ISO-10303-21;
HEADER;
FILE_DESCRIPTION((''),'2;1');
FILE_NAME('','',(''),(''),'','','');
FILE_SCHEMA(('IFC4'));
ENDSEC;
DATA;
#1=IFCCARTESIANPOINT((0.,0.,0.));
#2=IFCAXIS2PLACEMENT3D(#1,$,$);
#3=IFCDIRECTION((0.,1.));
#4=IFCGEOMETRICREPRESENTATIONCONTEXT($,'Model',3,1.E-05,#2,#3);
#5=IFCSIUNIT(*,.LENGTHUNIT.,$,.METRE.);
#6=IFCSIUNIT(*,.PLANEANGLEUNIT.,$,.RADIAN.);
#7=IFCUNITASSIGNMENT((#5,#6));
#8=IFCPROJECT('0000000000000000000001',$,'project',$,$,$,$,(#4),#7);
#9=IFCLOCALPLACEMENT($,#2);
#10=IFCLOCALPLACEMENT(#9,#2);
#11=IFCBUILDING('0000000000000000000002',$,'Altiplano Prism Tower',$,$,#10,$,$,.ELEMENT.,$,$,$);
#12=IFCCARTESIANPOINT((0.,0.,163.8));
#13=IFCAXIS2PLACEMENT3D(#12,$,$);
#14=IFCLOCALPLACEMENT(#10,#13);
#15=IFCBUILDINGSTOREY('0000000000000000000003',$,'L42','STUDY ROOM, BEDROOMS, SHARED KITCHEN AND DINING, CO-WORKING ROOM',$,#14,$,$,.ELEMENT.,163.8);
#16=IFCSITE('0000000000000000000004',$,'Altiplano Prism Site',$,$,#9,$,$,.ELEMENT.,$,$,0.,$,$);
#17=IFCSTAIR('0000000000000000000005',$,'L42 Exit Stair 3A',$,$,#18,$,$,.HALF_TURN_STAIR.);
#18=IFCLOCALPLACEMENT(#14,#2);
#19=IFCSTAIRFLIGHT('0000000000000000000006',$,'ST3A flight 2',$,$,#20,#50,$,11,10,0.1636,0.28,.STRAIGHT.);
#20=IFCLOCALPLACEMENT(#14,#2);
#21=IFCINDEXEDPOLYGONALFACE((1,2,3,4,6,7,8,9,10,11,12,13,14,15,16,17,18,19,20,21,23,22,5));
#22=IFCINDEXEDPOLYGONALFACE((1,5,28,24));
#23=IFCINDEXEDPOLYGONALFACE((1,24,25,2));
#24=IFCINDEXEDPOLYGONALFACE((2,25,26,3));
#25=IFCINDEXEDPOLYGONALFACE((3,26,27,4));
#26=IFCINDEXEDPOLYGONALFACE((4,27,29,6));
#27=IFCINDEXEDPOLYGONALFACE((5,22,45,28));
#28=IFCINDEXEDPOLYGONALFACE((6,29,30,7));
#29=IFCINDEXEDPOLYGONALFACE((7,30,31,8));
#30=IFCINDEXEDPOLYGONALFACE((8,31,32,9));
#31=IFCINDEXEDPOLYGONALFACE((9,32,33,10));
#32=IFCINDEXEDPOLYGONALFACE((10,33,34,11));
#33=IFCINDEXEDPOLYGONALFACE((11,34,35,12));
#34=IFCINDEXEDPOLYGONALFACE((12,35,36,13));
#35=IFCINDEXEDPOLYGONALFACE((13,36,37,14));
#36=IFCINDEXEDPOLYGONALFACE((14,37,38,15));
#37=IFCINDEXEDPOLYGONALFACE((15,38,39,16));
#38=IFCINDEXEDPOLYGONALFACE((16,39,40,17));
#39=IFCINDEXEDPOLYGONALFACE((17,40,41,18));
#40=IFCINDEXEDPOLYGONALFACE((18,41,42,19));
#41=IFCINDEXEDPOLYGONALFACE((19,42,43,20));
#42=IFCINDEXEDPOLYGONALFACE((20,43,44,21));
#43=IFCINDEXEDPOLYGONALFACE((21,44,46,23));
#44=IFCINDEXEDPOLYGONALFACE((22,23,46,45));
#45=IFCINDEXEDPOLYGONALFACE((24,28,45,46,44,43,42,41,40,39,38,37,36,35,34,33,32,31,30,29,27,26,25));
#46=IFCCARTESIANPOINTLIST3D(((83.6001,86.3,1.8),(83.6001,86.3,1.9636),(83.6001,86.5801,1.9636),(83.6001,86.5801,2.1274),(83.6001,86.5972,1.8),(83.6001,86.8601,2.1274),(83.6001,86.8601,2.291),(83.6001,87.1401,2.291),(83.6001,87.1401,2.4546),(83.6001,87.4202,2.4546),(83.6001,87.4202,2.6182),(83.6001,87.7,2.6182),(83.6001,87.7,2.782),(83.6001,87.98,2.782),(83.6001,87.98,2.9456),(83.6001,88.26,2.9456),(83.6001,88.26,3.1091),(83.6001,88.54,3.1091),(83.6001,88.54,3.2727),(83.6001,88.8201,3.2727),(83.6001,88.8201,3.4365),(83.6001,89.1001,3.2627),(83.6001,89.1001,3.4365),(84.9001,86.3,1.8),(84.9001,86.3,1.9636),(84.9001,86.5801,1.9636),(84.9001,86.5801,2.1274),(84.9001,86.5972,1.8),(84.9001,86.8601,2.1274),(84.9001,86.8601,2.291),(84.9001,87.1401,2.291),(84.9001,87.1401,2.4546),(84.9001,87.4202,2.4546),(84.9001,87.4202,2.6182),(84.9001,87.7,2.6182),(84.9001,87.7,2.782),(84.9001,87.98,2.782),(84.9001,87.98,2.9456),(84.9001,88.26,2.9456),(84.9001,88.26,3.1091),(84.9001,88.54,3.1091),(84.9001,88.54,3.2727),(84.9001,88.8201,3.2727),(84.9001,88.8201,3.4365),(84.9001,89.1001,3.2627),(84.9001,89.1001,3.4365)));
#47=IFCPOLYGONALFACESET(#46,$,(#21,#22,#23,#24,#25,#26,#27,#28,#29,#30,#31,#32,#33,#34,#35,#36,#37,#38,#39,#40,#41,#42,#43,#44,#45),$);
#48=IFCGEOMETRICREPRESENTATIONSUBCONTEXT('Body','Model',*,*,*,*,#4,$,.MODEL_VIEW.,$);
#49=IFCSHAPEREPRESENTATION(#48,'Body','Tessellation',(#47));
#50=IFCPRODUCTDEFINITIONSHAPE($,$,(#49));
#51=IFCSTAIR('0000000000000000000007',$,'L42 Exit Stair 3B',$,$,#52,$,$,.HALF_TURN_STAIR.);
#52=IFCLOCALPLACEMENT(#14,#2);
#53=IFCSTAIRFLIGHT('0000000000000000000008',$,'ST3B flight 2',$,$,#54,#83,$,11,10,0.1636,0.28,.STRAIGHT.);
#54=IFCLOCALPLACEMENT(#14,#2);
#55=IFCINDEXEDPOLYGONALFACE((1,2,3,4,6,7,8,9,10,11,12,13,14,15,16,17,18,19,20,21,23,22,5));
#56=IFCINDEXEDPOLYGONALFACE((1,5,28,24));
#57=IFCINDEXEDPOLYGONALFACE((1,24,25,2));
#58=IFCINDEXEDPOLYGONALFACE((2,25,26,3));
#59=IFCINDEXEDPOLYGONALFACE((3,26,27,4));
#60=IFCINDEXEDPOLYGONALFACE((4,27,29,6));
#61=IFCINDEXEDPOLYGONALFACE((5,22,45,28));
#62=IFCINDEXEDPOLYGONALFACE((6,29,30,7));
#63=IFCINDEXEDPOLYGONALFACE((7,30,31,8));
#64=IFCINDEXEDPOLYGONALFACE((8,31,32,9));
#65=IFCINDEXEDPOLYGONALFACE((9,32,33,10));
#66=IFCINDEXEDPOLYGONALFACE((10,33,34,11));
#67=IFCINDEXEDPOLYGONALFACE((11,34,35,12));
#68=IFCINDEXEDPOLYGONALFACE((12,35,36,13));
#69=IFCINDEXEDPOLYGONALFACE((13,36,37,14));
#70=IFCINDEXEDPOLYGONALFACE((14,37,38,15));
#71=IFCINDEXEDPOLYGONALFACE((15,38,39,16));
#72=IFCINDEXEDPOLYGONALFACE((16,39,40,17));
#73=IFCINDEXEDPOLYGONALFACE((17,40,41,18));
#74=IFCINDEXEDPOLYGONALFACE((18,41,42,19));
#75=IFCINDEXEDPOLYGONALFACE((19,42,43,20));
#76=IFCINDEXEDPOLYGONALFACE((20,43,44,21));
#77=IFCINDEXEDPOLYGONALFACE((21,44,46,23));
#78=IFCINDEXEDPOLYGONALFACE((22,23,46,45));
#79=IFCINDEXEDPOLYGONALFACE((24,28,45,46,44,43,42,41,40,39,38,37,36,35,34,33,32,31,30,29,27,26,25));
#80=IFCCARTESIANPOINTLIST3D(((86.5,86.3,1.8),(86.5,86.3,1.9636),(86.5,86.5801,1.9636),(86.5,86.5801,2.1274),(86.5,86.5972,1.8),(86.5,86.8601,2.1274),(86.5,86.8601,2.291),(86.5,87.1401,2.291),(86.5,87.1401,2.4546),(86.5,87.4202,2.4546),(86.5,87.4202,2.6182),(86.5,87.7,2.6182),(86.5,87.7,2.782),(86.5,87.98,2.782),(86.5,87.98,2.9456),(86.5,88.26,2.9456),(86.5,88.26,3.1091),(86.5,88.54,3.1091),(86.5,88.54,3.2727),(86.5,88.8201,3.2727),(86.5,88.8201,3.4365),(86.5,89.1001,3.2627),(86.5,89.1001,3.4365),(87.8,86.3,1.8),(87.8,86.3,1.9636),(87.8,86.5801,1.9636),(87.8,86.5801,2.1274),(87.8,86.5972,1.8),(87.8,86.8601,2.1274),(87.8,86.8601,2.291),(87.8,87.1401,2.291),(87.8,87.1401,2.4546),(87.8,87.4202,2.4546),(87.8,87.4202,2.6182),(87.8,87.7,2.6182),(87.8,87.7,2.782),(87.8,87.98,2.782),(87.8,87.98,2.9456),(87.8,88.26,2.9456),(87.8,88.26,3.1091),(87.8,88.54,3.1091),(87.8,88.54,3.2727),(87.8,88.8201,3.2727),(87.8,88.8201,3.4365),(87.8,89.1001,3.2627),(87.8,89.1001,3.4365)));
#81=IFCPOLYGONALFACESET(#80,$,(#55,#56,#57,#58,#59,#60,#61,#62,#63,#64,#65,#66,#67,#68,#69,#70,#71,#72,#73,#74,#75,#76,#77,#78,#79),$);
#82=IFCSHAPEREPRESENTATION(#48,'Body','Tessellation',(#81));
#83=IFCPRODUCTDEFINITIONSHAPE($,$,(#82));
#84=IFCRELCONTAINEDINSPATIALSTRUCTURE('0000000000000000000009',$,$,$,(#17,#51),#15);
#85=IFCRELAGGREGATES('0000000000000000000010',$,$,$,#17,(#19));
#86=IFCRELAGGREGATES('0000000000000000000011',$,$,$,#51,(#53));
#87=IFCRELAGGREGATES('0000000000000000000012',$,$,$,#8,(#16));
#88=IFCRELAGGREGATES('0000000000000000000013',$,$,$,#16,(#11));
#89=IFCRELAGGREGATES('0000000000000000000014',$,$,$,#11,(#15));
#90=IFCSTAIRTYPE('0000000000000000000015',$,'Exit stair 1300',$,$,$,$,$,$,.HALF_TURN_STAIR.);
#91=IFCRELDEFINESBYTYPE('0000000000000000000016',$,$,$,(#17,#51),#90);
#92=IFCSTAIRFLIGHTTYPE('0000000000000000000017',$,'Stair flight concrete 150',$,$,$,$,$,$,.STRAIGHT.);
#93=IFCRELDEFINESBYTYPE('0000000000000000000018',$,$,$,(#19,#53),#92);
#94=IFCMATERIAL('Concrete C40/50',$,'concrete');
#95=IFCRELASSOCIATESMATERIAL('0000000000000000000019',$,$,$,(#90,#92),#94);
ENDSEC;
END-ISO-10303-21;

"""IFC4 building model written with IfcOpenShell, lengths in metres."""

from ifc_helpers import new_model, si_unit, direction, frame, origin, place, context, subcontext, project, spatial, polyline, outline, extrude, material, type_object, element, aggregate, save


model = new_model("IFC4")

# Units and contexts
model_context = context("Model", 3, precision=1e-05, world=origin(), true_north=direction((0.0, 1.0)))
body_context = subcontext(model_context, "Body", "Model", "MODEL_VIEW")
ifc_project = project(units=[si_unit("LENGTHUNIT", "METRE"), si_unit("PLANEANGLEUNIT", "RADIAN")], contexts=[model_context])

# Site, building, storey
site_placement = place(None, origin())
site = spatial("IfcSite", under=ifc_project, at=site_placement, Name="Altiplano Prism Site", CompositionType="ELEMENT", RefElevation=0.0)
building_placement = place(site_placement, origin())
building = spatial("IfcBuilding", under=site, at=building_placement, Name="Altiplano Prism Tower", CompositionType="ELEMENT")
storey_placement = place(building_placement, frame((0.0, 0.0, 163.8)))
storey = spatial("IfcBuildingStorey", under=building, at=storey_placement, Name="L42", Description="STUDY ROOM, BEDROOMS, SHARED KITCHEN AND DINING, CO-WORKING ROOM", CompositionType="ELEMENT", Elevation=163.8)

# Stairs, stair flights
ifc_material_1 = material(Name="Concrete C40/50", Category="concrete")
stair_type = type_object("IfcStairType", Name="Exit stair 1300", PredefinedType="HALF_TURN_STAIR", material=ifc_material_1)
stair_1_placement = place(storey_placement, origin())
stair_1 = element("IfcStair", 1, at=stair_1_placement, inside=storey, type_object=stair_type, Name="L42 Exit Stair 3A", PredefinedType="HALF_TURN_STAIR")
stair_flight_type = type_object("IfcStairFlightType", Name="Stair flight concrete 150", PredefinedType="STRAIGHT", material=ifc_material_1)
stair_flight_1_placement = place(storey_placement, frame((84.25, 86.3, 1.8), z_axis=(0.0, 0.0, 1.0), x_axis=(0.0, 1.0, 0.0)))
stair_flight_1 = element("IfcStairFlight", 2, at=stair_flight_1_placement, type_object=stair_flight_type, Name="ST3A flight 2", NumberOfRisers=11, NumberOfTreads=10, PredefinedType="STRAIGHT", RiserHeight=0.1636, TreadLength=0.28, context=body_context, shape_type="SweptSolid", body=[
    extrude(outline(polyline([(0.0, 0.0), (0.0, 0.1636), (0.28, 0.1636), (0.28, 0.3274), (0.5601, 0.3274), (0.5601, 0.491), (0.8401, 0.491), (0.8401, 0.6545), (1.1201, 0.6545), (1.1201, 0.8181), (1.3999, 0.8181), (1.3999, 0.9819), (1.6799, 0.9819), (1.6799, 1.1455), (1.96, 1.1455), (1.96, 1.3091), (2.24, 1.3091), (2.24, 1.4727), (2.52, 1.4727), (2.52, 1.6365), (2.8, 1.6365), (2.8, 1.8), (2.8, 1.4626), (0.2971, 0.0), (0.0, 0.0)])), frame((0.0, 0.6499, 0.0), z_axis=(0.0, -1.0, 0.0), x_axis=(1.0, 0.0, 0.0)), (0.0, 0.0, 1.0), 1.3),
])
aggregate(stair_1, [stair_flight_1])
stair_2_placement = place(storey_placement, origin())
stair_2 = element("IfcStair", 3, at=stair_2_placement, inside=storey, type_object=stair_type, Name="L42 Exit Stair 3B", PredefinedType="HALF_TURN_STAIR")
stair_flight_2_placement = place(storey_placement, frame((87.1499, 86.3, 1.8), z_axis=(0.0, 0.0, 1.0), x_axis=(0.0, 1.0, 0.0)))
stair_flight_2 = element("IfcStairFlight", 4, at=stair_flight_2_placement, type_object=stair_flight_type, Name="ST3B flight 2", NumberOfRisers=11, NumberOfTreads=10, PredefinedType="STRAIGHT", RiserHeight=0.1636, TreadLength=0.28, context=body_context, shape_type="SweptSolid", body=[
    extrude(outline(polyline([(0.0, 0.0), (0.0, 0.1636), (0.28, 0.1636), (0.28, 0.3274), (0.5601, 0.3274), (0.5601, 0.491), (0.8401, 0.491), (0.8401, 0.6545), (1.1201, 0.6545), (1.1201, 0.8181), (1.3999, 0.8181), (1.3999, 0.9819), (1.6799, 0.9819), (1.6799, 1.1455), (1.96, 1.1455), (1.96, 1.3091), (2.24, 1.3091), (2.24, 1.4727), (2.52, 1.4727), (2.52, 1.6365), (2.8, 1.6365), (2.8, 1.8), (2.8, 1.4626), (0.2971, 0.0), (0.0, 0.0)])), frame((0.0, 0.6499, 0.0), z_axis=(0.0, -1.0, 0.0), x_axis=(1.0, 0.0, 0.0)), (0.0, 0.0, 1.0), 1.3),
])
aggregate(stair_2, [stair_flight_2])

save(model, "model.ifc")
